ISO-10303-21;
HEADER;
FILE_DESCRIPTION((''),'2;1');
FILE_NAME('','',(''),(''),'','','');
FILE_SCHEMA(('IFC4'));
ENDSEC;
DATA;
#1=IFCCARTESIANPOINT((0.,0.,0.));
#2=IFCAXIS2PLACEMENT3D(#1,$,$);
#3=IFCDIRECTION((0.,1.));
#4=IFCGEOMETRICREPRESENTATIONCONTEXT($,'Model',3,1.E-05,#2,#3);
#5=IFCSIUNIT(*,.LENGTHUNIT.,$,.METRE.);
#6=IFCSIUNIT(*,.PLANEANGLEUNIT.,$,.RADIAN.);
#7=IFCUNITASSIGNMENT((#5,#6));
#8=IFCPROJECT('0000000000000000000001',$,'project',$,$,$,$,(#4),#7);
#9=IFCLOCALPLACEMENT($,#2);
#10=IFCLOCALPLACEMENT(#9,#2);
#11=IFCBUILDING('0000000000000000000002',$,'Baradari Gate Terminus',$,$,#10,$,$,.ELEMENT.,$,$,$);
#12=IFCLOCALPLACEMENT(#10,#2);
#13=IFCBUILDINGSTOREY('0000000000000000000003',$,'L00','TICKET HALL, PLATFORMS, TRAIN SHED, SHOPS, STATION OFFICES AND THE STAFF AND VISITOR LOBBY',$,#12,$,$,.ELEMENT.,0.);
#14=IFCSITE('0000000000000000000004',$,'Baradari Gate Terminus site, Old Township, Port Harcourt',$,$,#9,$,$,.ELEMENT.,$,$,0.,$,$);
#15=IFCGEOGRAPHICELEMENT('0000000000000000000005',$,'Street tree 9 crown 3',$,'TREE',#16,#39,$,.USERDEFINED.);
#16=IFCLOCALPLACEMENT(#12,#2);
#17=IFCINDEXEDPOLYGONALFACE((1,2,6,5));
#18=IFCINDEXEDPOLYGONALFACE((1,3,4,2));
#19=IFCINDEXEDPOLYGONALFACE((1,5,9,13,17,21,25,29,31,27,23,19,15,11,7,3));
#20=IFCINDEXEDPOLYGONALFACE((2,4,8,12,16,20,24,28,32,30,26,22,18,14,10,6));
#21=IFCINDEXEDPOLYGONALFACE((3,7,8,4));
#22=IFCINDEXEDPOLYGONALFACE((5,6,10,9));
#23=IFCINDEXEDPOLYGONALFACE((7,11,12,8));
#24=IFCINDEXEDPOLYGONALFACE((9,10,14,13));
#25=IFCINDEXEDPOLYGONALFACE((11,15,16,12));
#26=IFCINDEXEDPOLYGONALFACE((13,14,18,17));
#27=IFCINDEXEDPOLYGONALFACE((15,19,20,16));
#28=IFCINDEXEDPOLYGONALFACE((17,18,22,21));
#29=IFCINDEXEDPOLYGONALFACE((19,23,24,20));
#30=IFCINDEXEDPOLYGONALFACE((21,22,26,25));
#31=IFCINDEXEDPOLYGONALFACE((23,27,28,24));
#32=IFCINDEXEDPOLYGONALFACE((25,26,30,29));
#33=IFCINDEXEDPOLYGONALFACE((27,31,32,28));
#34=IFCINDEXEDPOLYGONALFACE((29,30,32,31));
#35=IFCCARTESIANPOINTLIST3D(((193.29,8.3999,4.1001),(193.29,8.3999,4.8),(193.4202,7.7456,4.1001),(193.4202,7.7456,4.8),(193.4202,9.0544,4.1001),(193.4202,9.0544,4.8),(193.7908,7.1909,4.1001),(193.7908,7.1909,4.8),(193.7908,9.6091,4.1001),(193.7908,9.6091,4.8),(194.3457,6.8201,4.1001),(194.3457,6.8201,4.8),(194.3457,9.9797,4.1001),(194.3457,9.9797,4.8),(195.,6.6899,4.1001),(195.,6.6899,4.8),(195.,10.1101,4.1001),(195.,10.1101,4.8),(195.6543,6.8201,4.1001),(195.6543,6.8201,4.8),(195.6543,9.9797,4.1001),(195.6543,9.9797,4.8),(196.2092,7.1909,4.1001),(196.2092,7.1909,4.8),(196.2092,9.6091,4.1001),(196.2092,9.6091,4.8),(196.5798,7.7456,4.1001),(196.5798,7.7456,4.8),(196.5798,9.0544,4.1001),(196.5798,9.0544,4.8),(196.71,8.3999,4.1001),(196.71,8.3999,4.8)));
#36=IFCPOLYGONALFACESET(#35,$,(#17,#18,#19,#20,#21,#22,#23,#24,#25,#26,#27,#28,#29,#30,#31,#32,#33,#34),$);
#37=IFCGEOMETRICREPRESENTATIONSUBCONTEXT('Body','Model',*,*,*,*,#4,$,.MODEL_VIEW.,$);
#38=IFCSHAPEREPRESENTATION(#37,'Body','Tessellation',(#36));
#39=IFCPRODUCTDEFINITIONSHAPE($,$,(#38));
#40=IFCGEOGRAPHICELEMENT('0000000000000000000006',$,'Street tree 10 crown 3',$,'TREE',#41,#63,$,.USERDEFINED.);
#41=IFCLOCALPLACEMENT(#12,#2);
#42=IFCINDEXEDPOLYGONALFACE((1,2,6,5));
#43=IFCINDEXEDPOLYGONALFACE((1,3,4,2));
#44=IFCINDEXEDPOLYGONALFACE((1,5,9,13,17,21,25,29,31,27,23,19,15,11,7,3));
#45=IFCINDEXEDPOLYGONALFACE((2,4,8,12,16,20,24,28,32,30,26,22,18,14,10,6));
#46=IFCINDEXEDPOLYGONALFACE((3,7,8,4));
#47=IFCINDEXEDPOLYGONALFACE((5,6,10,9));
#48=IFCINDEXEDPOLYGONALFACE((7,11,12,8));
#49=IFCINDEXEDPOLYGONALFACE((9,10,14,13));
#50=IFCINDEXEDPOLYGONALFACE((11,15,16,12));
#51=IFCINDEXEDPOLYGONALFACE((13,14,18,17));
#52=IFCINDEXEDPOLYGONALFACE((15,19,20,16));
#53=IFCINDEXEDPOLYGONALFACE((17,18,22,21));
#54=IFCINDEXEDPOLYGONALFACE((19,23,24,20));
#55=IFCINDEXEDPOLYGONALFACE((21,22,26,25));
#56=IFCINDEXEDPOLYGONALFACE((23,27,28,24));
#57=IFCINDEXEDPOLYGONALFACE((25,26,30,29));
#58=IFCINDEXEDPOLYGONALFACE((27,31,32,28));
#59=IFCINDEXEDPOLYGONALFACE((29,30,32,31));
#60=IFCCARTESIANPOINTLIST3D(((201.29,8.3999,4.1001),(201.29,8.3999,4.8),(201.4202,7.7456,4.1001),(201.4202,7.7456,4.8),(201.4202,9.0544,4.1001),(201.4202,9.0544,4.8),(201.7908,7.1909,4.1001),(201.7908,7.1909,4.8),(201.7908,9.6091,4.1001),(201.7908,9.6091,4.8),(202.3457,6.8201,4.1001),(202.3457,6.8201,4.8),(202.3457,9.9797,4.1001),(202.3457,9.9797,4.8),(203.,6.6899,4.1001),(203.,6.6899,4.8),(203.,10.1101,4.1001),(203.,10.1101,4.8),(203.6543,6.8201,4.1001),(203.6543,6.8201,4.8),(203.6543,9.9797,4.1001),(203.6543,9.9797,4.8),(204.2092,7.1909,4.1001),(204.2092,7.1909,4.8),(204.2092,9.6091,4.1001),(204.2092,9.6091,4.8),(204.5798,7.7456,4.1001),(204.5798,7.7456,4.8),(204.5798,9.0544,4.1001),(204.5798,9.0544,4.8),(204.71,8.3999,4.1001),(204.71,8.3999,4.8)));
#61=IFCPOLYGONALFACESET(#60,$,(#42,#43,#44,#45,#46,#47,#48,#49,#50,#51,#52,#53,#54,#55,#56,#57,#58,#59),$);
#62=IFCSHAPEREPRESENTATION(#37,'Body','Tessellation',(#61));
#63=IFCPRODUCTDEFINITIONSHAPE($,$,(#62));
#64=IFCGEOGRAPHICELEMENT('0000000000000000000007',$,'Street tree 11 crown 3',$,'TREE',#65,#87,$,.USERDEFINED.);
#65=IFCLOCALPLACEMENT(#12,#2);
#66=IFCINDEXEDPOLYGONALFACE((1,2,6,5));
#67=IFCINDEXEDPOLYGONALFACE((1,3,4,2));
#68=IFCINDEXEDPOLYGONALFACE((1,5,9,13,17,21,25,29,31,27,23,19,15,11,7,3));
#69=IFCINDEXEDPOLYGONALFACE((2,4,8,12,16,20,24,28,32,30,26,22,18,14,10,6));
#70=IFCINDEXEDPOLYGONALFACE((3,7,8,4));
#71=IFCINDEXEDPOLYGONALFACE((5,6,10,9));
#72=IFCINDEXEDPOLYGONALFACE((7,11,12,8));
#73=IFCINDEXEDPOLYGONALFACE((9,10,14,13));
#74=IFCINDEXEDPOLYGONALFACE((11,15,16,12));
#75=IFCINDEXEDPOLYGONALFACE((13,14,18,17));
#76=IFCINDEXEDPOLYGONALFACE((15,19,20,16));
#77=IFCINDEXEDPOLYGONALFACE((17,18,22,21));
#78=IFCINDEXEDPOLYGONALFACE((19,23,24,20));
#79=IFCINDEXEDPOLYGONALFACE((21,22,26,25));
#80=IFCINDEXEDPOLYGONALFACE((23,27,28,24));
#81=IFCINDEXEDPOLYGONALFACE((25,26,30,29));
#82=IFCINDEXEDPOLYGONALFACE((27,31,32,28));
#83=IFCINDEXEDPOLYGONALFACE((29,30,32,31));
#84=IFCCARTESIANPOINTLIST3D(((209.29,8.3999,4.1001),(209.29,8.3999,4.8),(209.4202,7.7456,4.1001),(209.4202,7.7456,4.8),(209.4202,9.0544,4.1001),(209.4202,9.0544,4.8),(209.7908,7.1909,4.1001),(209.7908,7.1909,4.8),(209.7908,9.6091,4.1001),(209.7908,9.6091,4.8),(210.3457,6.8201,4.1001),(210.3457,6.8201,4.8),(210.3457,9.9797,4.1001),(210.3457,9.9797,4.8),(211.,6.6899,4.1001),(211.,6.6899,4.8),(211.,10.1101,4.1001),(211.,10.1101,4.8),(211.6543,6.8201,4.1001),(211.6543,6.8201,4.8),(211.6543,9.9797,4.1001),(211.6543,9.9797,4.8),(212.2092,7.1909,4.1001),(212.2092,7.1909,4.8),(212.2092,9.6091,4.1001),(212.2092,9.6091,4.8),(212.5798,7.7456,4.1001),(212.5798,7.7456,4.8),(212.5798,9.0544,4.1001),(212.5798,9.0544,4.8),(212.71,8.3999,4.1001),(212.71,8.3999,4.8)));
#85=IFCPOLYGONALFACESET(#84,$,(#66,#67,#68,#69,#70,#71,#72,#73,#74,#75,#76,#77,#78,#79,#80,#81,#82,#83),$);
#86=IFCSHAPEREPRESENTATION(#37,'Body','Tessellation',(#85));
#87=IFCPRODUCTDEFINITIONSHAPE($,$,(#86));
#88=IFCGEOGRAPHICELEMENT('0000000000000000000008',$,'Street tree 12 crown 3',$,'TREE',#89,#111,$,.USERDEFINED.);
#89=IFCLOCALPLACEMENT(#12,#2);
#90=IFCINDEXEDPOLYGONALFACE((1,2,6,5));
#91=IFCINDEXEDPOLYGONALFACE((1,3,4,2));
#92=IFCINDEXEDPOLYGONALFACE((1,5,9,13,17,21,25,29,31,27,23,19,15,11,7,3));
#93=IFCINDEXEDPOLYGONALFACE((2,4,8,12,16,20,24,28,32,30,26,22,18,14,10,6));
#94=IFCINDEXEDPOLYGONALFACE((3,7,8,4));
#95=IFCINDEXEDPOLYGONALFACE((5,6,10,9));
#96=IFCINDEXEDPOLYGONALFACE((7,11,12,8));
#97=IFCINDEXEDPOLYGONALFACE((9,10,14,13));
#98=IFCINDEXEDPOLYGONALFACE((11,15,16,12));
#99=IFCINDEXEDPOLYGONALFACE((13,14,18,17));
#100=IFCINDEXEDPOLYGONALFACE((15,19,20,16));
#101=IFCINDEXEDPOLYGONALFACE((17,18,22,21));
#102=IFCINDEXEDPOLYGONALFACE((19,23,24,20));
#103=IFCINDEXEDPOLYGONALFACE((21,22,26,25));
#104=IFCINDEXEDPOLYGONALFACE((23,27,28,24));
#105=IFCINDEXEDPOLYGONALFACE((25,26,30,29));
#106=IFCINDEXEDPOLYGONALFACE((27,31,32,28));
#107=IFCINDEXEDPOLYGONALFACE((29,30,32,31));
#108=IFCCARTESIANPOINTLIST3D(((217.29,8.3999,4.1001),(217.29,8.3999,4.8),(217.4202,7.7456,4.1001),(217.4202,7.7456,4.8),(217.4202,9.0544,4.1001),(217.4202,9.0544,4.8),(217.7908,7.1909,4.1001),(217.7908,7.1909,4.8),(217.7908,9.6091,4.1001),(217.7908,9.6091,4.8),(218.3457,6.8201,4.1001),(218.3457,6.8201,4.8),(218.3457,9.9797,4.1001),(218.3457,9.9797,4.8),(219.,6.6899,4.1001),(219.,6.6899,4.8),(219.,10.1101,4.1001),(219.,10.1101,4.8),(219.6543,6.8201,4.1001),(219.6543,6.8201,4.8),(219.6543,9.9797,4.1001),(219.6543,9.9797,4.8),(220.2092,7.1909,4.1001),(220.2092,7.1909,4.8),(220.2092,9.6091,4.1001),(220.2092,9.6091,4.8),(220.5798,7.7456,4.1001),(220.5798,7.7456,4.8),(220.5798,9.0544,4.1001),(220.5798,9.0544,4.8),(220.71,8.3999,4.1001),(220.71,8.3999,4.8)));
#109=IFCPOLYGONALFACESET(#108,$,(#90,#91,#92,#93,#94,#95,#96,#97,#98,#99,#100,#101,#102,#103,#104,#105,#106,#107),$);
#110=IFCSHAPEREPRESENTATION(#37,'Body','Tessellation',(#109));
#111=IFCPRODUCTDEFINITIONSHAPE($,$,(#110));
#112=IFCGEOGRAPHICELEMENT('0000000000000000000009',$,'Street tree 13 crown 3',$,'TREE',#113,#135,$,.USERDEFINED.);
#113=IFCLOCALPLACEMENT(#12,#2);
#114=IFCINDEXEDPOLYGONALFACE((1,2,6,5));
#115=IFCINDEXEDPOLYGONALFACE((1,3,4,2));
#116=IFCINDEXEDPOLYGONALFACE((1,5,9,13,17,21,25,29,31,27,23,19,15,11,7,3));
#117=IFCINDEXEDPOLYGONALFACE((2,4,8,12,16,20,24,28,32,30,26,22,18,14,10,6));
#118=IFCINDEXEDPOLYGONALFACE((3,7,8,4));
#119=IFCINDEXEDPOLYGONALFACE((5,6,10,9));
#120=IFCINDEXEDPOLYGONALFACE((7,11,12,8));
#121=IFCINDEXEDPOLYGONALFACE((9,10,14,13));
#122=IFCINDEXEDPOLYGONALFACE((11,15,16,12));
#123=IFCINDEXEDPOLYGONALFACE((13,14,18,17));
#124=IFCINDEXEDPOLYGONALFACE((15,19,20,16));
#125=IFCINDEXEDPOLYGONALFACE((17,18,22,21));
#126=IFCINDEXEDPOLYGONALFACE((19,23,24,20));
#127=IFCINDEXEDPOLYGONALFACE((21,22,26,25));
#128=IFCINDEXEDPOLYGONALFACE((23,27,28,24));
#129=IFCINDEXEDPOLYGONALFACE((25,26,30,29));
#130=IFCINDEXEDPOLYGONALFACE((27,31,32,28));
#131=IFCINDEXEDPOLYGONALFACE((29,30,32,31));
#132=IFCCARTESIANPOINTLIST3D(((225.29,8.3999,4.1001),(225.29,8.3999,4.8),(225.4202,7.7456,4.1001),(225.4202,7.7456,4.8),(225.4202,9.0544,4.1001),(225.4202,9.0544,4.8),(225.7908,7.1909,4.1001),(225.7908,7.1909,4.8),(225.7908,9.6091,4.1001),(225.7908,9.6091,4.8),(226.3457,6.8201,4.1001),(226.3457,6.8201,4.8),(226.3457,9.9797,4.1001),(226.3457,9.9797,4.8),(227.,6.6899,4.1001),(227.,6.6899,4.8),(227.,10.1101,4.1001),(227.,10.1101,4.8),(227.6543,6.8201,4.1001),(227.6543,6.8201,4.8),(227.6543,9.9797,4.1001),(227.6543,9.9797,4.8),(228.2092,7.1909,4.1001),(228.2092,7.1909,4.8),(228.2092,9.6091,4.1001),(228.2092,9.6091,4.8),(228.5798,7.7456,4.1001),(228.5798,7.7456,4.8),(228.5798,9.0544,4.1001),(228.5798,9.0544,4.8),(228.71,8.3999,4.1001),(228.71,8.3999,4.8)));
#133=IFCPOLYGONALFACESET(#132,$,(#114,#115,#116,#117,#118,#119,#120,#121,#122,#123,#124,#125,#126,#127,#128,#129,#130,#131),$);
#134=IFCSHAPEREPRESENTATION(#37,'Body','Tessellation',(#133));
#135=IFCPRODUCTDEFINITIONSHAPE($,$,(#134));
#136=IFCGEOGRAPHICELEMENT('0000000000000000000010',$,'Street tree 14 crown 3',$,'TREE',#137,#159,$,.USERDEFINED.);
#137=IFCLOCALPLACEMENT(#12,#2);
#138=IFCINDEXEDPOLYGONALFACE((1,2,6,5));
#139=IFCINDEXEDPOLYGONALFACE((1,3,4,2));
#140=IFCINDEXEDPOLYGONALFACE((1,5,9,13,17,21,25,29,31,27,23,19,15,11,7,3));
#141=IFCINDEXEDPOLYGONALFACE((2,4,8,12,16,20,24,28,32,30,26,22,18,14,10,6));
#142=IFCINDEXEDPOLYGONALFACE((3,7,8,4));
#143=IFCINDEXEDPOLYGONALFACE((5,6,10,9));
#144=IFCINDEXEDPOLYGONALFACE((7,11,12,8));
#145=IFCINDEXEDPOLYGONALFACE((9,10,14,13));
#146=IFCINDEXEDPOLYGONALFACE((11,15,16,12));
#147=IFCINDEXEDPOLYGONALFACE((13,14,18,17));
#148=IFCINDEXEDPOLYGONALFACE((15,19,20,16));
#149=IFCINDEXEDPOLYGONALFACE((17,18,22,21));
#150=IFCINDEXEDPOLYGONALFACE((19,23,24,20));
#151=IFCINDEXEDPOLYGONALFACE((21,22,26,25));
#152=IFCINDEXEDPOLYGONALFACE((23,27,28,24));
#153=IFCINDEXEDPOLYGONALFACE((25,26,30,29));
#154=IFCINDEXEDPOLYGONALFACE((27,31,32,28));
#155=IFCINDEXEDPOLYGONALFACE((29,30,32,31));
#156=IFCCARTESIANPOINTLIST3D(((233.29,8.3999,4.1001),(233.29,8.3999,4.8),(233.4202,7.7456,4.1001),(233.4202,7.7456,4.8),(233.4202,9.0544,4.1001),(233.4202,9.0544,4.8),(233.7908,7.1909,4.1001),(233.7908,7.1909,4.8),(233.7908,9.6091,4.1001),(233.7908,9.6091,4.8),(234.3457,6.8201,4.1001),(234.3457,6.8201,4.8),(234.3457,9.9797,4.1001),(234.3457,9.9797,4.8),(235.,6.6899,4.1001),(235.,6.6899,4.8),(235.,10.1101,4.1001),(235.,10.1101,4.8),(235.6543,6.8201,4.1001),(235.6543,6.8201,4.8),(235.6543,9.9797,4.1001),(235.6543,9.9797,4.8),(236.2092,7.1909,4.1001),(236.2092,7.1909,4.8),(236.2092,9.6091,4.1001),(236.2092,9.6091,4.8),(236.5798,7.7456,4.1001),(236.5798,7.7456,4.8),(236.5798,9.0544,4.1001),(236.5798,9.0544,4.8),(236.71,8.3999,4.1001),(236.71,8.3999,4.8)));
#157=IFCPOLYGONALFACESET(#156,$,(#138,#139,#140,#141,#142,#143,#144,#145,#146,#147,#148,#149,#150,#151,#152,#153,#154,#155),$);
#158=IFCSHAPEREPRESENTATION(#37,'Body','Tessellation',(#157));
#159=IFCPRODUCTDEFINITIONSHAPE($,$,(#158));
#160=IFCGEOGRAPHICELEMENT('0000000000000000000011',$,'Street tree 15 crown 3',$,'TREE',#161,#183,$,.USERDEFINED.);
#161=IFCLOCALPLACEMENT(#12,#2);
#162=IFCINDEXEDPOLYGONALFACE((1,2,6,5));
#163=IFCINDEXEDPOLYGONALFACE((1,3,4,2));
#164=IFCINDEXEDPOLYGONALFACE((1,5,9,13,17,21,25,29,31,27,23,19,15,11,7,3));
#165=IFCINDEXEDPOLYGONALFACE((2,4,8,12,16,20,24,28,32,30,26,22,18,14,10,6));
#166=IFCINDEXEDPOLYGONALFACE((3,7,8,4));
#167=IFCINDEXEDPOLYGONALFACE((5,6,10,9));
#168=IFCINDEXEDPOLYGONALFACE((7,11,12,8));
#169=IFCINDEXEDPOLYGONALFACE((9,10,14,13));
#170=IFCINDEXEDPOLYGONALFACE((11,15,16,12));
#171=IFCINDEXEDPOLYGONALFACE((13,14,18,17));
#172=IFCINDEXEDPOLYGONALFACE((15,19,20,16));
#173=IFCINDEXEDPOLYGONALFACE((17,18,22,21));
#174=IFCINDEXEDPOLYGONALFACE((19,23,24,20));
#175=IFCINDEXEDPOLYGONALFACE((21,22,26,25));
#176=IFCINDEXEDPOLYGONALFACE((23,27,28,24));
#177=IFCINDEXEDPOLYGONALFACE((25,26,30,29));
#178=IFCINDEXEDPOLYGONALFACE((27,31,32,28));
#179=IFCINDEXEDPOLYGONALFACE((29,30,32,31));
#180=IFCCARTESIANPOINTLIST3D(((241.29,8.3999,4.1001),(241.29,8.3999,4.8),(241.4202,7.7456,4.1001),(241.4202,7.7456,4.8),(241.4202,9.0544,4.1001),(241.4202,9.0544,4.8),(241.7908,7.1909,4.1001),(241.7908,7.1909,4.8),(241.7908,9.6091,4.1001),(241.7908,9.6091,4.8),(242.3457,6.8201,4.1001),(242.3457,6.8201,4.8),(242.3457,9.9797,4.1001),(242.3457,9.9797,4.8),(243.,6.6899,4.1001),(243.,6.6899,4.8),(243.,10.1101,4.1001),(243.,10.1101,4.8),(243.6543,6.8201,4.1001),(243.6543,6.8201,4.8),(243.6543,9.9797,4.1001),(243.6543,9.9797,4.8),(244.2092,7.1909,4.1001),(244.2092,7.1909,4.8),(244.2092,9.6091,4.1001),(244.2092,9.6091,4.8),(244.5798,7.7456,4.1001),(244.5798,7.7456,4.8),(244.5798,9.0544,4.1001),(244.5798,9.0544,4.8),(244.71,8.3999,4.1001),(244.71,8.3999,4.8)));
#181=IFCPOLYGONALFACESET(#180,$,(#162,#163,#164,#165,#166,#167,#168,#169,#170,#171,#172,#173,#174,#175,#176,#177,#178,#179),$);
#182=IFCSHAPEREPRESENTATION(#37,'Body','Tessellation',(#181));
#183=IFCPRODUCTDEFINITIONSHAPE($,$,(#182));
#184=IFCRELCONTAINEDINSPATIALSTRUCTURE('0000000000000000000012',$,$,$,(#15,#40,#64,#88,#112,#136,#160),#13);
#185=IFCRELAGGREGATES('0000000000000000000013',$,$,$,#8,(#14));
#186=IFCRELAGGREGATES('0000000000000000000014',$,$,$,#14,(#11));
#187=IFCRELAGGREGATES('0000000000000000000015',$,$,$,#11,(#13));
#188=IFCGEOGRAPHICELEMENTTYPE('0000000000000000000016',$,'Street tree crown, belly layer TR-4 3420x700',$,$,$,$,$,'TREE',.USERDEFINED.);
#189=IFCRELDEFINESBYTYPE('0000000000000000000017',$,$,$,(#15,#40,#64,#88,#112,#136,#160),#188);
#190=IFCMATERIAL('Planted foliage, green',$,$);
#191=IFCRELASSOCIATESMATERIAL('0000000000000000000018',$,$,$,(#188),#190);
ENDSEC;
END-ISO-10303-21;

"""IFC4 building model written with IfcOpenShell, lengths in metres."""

from ifc_helpers import new_model, si_unit, direction, frame, origin, place, context, subcontext, project, spatial, polyline, outline, extrude, material, type_object, element, save


model = new_model("IFC4")

# Units and contexts
model_context = context("Model", 3, precision=1e-05, world=origin(), true_north=direction((0.0, 1.0)))
body_context = subcontext(model_context, "Body", "Model", "MODEL_VIEW")
ifc_project = project(units=[si_unit("LENGTHUNIT", "METRE"), si_unit("PLANEANGLEUNIT", "RADIAN")], contexts=[model_context])

# Site, building, storey
site_placement = place(None, origin())
site = spatial("IfcSite", under=ifc_project, at=site_placement, Name="Baradari Gate Terminus site, Old Township, Port Harcourt", CompositionType="ELEMENT", RefElevation=0.0)
building_placement = place(site_placement, origin())
building = spatial("IfcBuilding", under=site, at=building_placement, Name="Baradari Gate Terminus", CompositionType="ELEMENT")
storey_placement = place(building_placement, origin())
storey = spatial("IfcBuildingStorey", under=building, at=storey_placement, Name="L00", Description="TICKET HALL, PLATFORMS, TRAIN SHED, SHOPS, STATION OFFICES AND THE STAFF AND VISITOR LOBBY", CompositionType="ELEMENT", Elevation=0.0)

# Geographic elements
ifc_material_1 = material(Name="Planted foliage, green")
geographic_element_type_1 = type_object("IfcGeographicElementType", Name="Street tree crown, belly layer TR-4 3420x700", ElementType="TREE", PredefinedType="USERDEFINED", material=ifc_material_1)
geographic_element_1_placement = place(storey_placement, frame((0.0, 0.0, 4.1001)))
element("IfcGeographicElement", 1, at=geographic_element_1_placement, inside=storey, type_object=geographic_element_type_1, Name="Street tree 9 crown 3", ObjectType="TREE", PredefinedType="USERDEFINED", context=body_context, shape_type="SweptSolid", body=[
    extrude(outline(polyline([(196.71, 8.3999), (196.5798, 9.0544), (196.2092, 9.6091), (195.6543, 9.9797), (195.0, 10.1101), (194.3457, 9.9797), (193.7908, 9.6091), (193.4202, 9.0544), (193.29, 8.3999), (193.4202, 7.7456), (193.7908, 7.1909), (194.3457, 6.8201), (195.0, 6.6899), (195.6543, 6.8201), (196.2092, 7.1909), (196.5798, 7.7456), (196.71, 8.3999)])), origin(), (0.0, 0.0, 1.0), 0.7),
])
geographic_element_2_placement = place(storey_placement, frame((0.0, 0.0, 4.1001)))
element("IfcGeographicElement", 2, at=geographic_element_2_placement, inside=storey, type_object=geographic_element_type_1, Name="Street tree 10 crown 3", ObjectType="TREE", PredefinedType="USERDEFINED", context=body_context, shape_type="SweptSolid", body=[
    extrude(outline(polyline([(204.71, 8.3999), (204.5798, 9.0544), (204.2092, 9.6091), (203.6543, 9.9797), (203.0, 10.1101), (202.3457, 9.9797), (201.7908, 9.6091), (201.4202, 9.0544), (201.29, 8.3999), (201.4202, 7.7456), (201.7908, 7.1909), (202.3457, 6.8201), (203.0, 6.6899), (203.6543, 6.8201), (204.2092, 7.1909), (204.5798, 7.7456), (204.71, 8.3999)])), origin(), (0.0, 0.0, 1.0), 0.7),
])
geographic_element_3_placement = place(storey_placement, frame((0.0, 0.0, 4.1001)))
element("IfcGeographicElement", 3, at=geographic_element_3_placement, inside=storey, type_object=geographic_element_type_1, Name="Street tree 11 crown 3", ObjectType="TREE", PredefinedType="USERDEFINED", context=body_context, shape_type="SweptSolid", body=[
    extrude(outline(polyline([(212.71, 8.3999), (212.5798, 9.0544), (212.2092, 9.6091), (211.6543, 9.9797), (211.0, 10.1101), (210.3457, 9.9797), (209.7908, 9.6091), (209.4202, 9.0544), (209.29, 8.3999), (209.4202, 7.7456), (209.7908, 7.1909), (210.3457, 6.8201), (211.0, 6.6899), (211.6543, 6.8201), (212.2092, 7.1909), (212.5798, 7.7456), (212.71, 8.3999)])), origin(), (0.0, 0.0, 1.0), 0.7),
])
geographic_element_4_placement = place(storey_placement, frame((0.0, 0.0, 4.1001)))
element("IfcGeographicElement", 4, at=geographic_element_4_placement, inside=storey, type_object=geographic_element_type_1, Name="Street tree 12 crown 3", ObjectType="TREE", PredefinedType="USERDEFINED", context=body_context, shape_type="SweptSolid", body=[
    extrude(outline(polyline([(220.71, 8.3999), (220.5798, 9.0544), (220.2092, 9.6091), (219.6543, 9.9797), (219.0, 10.1101), (218.3457, 9.9797), (217.7908, 9.6091), (217.4202, 9.0544), (217.29, 8.3999), (217.4202, 7.7456), (217.7908, 7.1909), (218.3457, 6.8201), (219.0, 6.6899), (219.6543, 6.8201), (220.2092, 7.1909), (220.5798, 7.7456), (220.71, 8.3999)])), origin(), (0.0, 0.0, 1.0), 0.7),
])
geographic_element_5_placement = place(storey_placement, frame((0.0, 0.0, 4.1001)))
element("IfcGeographicElement", 5, at=geographic_element_5_placement, inside=storey, type_object=geographic_element_type_1, Name="Street tree 13 crown 3", ObjectType="TREE", PredefinedType="USERDEFINED", context=body_context, shape_type="SweptSolid", body=[
    extrude(outline(polyline([(228.71, 8.3999), (228.5798, 9.0544), (228.2092, 9.6091), (227.6543, 9.9797), (227.0, 10.1101), (226.3457, 9.9797), (225.7908, 9.6091), (225.4202, 9.0544), (225.29, 8.3999), (225.4202, 7.7456), (225.7908, 7.1909), (226.3457, 6.8201), (227.0, 6.6899), (227.6543, 6.8201), (228.2092, 7.1909), (228.5798, 7.7456), (228.71, 8.3999)])), origin(), (0.0, 0.0, 1.0), 0.7),
])
geographic_element_6_placement = place(storey_placement, frame((0.0, 0.0, 4.1001)))
element("IfcGeographicElement", 6, at=geographic_element_6_placement, inside=storey, type_object=geographic_element_type_1, Name="Street tree 14 crown 3", ObjectType="TREE", PredefinedType="USERDEFINED", context=body_context, shape_type="SweptSolid", body=[
    extrude(outline(polyline([(236.71, 8.3999), (236.5798, 9.0544), (236.2092, 9.6091), (235.6543, 9.9797), (235.0, 10.1101), (234.3457, 9.9797), (233.7908, 9.6091), (233.4202, 9.0544), (233.29, 8.3999), (233.4202, 7.7456), (233.7908, 7.1909), (234.3457, 6.8201), (235.0, 6.6899), (235.6543, 6.8201), (236.2092, 7.1909), (236.5798, 7.7456), (236.71, 8.3999)])), origin(), (0.0, 0.0, 1.0), 0.7),
])
geographic_element_7_placement = place(storey_placement, frame((0.0, 0.0, 4.1001)))
element("IfcGeographicElement", 7, at=geographic_element_7_placement, inside=storey, type_object=geographic_element_type_1, Name="Street tree 15 crown 3", ObjectType="TREE", PredefinedType="USERDEFINED", context=body_context, shape_type="SweptSolid", body=[
    extrude(outline(polyline([(244.71, 8.3999), (244.5798, 9.0544), (244.2092, 9.6091), (243.6543, 9.9797), (243.0, 10.1101), (242.3457, 9.9797), (241.7908, 9.6091), (241.4202, 9.0544), (241.29, 8.3999), (241.4202, 7.7456), (241.7908, 7.1909), (242.3457, 6.8201), (243.0, 6.6899), (243.6543, 6.8201), (244.2092, 7.1909), (244.5798, 7.7456), (244.71, 8.3999)])), origin(), (0.0, 0.0, 1.0), 0.7),
])

save(model, "model.ifc")
